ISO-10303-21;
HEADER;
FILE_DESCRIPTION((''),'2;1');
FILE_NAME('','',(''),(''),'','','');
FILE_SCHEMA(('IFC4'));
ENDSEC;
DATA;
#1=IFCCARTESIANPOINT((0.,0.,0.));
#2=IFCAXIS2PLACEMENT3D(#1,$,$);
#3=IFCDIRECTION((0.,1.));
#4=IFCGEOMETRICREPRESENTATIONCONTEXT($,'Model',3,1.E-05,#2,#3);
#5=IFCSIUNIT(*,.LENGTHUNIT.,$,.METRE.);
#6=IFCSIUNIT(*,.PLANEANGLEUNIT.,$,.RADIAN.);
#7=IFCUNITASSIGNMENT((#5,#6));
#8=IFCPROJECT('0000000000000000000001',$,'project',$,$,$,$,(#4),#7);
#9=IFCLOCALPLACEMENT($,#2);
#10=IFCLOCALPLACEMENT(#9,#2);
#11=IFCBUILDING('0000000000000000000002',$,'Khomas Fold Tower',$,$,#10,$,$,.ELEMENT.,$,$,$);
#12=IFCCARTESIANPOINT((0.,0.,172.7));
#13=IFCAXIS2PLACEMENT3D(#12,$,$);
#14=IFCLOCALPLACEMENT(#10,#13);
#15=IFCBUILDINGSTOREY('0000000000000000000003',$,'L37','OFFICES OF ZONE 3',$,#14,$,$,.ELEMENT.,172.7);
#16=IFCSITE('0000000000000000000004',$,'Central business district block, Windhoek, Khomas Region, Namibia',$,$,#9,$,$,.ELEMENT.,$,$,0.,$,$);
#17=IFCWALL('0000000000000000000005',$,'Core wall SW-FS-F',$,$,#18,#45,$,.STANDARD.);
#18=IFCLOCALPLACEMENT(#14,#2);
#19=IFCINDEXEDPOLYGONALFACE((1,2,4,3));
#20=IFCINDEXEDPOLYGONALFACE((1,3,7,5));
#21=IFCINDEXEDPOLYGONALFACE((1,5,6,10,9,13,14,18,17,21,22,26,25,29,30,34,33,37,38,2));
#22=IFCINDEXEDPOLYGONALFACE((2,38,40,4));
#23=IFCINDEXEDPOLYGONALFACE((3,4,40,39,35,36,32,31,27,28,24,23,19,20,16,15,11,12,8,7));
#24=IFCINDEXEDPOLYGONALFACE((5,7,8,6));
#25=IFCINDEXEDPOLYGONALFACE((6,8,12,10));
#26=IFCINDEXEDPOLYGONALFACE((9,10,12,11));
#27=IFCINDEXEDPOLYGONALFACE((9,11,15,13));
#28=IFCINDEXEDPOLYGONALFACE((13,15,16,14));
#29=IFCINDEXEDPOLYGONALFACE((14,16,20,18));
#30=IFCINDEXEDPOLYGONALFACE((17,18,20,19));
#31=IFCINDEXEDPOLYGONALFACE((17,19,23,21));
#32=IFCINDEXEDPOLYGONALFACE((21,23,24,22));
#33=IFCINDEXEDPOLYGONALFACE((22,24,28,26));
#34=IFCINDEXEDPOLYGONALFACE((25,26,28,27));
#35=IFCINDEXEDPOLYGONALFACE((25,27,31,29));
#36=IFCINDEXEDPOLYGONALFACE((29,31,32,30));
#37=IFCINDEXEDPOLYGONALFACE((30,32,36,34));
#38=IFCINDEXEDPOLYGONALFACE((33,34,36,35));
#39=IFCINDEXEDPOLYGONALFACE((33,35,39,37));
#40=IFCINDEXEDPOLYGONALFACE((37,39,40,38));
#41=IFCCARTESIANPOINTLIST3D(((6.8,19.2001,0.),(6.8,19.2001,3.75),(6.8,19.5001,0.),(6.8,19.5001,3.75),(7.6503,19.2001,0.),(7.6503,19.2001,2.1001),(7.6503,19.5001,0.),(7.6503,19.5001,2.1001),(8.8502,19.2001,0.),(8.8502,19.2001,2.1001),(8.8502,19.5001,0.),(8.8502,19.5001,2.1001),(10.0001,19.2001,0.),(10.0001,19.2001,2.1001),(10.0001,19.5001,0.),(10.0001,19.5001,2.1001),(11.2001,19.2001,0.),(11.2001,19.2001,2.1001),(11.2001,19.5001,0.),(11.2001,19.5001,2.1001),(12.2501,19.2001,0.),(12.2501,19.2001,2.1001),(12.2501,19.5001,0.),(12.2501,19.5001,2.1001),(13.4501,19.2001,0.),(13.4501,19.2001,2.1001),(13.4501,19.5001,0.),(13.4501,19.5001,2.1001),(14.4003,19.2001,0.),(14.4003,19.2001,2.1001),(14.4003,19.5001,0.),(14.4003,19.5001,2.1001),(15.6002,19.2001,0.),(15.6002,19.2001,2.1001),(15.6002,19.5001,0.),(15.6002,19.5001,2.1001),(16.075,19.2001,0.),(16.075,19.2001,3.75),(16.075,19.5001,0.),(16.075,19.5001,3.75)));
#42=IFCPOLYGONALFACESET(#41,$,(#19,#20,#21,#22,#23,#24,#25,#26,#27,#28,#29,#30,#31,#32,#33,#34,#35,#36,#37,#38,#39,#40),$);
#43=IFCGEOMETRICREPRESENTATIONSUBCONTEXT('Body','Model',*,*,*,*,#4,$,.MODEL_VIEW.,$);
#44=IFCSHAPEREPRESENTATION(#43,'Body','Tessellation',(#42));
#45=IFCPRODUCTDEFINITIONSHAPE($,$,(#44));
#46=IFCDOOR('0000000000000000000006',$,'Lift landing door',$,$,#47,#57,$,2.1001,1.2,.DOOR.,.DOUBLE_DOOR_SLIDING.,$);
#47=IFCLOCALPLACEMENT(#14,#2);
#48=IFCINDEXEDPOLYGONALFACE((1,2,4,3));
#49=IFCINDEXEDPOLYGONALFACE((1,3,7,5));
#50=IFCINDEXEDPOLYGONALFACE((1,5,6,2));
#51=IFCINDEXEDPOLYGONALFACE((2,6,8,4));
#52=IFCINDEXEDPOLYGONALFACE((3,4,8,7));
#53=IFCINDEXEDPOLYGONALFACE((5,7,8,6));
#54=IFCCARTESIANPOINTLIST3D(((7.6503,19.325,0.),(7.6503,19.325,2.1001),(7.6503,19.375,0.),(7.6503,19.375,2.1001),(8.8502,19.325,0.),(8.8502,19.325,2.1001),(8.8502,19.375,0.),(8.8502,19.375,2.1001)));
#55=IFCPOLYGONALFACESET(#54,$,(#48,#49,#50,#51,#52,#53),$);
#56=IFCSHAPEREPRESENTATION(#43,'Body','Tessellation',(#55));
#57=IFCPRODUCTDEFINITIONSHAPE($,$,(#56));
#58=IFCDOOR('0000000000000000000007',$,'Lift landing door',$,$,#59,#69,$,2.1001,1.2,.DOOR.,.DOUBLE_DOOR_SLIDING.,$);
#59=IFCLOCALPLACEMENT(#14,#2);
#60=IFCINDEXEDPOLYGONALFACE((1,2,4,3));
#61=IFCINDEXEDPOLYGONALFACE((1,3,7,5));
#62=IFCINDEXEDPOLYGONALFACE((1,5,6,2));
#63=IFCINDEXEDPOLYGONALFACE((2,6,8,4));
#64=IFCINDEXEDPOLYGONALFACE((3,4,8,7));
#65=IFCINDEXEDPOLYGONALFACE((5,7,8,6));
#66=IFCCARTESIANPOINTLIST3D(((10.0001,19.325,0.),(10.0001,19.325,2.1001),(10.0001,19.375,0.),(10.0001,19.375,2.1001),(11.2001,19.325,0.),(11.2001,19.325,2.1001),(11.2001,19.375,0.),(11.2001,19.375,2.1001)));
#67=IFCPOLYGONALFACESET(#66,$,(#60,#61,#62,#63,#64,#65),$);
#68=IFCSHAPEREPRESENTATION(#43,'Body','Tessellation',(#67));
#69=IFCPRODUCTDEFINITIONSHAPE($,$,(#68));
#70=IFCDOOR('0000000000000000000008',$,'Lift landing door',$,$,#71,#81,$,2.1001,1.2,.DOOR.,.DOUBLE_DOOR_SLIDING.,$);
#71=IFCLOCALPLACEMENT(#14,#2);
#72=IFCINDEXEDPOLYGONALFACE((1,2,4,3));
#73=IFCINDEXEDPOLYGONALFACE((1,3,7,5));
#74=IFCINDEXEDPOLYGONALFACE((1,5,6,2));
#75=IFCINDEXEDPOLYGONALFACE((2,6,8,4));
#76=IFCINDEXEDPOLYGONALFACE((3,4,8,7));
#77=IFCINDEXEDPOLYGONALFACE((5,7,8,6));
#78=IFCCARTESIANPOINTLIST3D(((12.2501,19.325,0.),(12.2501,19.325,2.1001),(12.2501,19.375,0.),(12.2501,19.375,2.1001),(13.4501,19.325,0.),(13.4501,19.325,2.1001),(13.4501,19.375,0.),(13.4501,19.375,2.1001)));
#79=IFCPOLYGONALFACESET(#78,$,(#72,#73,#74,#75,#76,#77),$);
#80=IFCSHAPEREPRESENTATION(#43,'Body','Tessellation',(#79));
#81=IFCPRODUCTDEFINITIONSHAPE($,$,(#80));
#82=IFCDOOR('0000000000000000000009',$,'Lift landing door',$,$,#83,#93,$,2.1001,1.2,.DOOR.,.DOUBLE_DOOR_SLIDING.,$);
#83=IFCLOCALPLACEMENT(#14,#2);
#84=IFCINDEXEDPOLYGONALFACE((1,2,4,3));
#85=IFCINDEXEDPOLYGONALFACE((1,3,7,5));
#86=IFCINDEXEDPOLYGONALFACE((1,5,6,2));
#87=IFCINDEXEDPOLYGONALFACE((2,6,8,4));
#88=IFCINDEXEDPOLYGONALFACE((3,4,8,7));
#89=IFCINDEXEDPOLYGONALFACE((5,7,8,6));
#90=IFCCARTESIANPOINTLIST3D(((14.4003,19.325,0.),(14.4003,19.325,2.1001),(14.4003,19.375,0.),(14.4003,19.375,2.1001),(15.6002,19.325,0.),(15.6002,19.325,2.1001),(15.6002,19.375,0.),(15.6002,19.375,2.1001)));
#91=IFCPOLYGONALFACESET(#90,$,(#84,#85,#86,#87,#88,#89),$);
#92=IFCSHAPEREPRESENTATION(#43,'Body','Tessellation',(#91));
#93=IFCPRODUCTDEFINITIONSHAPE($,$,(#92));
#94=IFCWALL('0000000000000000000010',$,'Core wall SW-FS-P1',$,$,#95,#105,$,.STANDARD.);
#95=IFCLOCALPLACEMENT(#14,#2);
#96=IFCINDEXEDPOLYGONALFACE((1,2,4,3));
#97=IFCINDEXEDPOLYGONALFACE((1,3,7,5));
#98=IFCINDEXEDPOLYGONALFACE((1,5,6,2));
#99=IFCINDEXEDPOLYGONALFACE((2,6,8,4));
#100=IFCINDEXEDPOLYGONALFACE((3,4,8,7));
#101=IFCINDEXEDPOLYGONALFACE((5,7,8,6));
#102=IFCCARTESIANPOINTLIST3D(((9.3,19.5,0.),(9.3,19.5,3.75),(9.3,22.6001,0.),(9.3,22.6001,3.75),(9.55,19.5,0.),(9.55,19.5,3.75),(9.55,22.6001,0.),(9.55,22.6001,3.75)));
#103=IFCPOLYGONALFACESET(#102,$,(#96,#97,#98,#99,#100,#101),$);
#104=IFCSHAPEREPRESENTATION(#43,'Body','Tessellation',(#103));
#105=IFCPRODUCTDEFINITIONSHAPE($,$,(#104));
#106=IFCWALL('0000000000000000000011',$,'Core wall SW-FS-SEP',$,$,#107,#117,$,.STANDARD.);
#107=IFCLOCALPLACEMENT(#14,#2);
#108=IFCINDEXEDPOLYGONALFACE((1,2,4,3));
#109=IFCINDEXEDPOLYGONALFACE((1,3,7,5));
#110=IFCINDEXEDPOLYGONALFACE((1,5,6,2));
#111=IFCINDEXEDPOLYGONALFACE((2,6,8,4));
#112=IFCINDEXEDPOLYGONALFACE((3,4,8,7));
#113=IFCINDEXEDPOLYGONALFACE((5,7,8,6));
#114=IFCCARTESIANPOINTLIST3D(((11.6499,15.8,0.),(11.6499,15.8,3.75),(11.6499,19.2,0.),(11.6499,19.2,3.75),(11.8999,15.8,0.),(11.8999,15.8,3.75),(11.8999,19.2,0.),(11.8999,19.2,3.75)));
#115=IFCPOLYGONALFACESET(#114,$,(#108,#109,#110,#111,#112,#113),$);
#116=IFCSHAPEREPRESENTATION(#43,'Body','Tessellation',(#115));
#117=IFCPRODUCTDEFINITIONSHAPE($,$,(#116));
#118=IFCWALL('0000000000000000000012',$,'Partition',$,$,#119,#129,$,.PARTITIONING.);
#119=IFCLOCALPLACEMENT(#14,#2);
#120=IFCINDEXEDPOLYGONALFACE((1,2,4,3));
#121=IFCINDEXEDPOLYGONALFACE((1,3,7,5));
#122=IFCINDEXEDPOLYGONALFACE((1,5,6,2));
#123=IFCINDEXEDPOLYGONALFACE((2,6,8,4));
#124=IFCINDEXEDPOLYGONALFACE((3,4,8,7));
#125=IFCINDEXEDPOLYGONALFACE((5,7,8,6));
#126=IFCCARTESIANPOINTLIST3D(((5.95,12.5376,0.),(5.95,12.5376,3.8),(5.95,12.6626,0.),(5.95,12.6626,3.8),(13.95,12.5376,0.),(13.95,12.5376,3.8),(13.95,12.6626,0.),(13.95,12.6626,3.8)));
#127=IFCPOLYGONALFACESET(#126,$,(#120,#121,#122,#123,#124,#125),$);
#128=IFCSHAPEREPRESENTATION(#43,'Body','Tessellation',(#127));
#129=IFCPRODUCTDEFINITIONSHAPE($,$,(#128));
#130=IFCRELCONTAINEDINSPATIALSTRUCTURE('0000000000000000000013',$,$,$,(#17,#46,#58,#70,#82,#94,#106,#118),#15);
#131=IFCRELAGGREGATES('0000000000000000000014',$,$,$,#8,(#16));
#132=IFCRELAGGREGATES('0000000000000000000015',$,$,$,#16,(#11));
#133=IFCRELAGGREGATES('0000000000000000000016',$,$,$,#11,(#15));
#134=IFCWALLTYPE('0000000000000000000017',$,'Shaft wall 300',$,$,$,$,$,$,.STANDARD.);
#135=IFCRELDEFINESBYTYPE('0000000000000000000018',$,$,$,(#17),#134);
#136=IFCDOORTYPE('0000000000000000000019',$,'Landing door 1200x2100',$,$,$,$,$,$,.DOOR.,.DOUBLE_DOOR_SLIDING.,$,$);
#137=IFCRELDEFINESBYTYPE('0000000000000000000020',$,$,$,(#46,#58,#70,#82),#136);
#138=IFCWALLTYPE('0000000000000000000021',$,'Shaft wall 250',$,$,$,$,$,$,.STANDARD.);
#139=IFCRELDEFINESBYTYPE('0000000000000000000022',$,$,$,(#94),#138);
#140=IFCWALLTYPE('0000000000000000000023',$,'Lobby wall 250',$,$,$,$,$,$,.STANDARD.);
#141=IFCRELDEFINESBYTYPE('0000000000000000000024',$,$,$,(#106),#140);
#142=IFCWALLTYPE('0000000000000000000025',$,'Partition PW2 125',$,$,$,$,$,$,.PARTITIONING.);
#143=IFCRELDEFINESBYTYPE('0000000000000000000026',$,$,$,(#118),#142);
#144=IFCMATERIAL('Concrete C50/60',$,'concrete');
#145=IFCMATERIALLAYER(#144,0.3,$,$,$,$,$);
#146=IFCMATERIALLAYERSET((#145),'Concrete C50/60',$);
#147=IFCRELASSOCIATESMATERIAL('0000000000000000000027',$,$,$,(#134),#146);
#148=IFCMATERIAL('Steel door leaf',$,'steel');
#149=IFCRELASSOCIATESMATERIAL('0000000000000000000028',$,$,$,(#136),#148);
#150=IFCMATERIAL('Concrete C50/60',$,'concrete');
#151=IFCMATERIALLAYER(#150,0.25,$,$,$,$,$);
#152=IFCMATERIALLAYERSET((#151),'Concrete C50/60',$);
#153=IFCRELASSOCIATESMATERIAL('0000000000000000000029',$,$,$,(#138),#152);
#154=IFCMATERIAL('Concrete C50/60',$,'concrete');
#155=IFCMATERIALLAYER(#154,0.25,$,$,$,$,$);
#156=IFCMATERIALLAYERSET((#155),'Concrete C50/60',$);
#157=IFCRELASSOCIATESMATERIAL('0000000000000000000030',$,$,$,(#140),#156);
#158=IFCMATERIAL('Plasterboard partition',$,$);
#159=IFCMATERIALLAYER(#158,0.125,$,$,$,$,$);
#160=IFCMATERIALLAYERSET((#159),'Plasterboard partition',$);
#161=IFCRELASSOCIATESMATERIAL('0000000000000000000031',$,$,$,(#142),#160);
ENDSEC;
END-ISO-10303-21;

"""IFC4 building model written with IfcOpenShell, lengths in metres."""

from ifc_helpers import new_model, si_unit, direction, frame, frame_2d, origin, place, context, subcontext, project, spatial, rectangle, extrude, source, transform, mapped, material, layer, layer_set, type_object, element, fill, save


model = new_model("IFC4")

# Units and contexts
model_context = context("Model", 3, precision=1e-05, world=origin(), true_north=direction((0.0, 1.0)))
body_context = subcontext(model_context, "Body", "Model", "MODEL_VIEW")
ifc_project = project(units=[si_unit("LENGTHUNIT", "METRE"), si_unit("PLANEANGLEUNIT", "RADIAN")], contexts=[model_context])

# Site, building, storey
site_placement = place(None, origin())
site = spatial("IfcSite", under=ifc_project, at=site_placement, Name="Central business district block, Windhoek, Khomas Region, Namibia", CompositionType="ELEMENT", RefElevation=0.0)
building_placement = place(site_placement, origin())
building = spatial("IfcBuilding", under=site, at=building_placement, Name="Khomas Fold Tower", CompositionType="ELEMENT")
storey_placement = place(building_placement, frame((0.0, 0.0, 172.7)))
storey = spatial("IfcBuildingStorey", under=building, at=storey_placement, Name="L37", Description="OFFICES OF ZONE 3", CompositionType="ELEMENT", Elevation=172.7)

# Wall, openings, doors
ifc_material_1 = material(Name="Concrete C50/60", Category="concrete")
ifc_layer_1 = layer(ifc_material_1, 0.3)
ifc_layer_set_1 = layer_set([ifc_layer_1], Name="Concrete C50/60")
wall_type_1 = type_object("IfcWallType", Name="Shaft wall 300", PredefinedType="STANDARD", material=ifc_layer_set_1)
shared_shape_1 = source(origin(), body_context, "Body", "SweptSolid", [
    extrude(rectangle(XDim=9.2749, YDim=0.3, at=frame_2d((4.6375, 0.0))), origin(), (0.0, 0.0, 1.0), 3.75),
])
wall_1_placement = place(storey_placement, frame((6.8, 19.3501, 0.0), z_axis=(0.0, 0.0, 1.0), x_axis=(1.0, 0.0, 0.0)))
wall_1 = element("IfcWall", 1, at=wall_1_placement, inside=storey, type_object=wall_type_1, Name="Core wall SW-FS-F", PredefinedType="STANDARD", context=body_context, shape_type="MappedRepresentation", body=[
    mapped(shared_shape_1, transform((0.0, 0.0, 0.0))),
])
shared_shape_2 = source(origin(), body_context, "Body", "SweptSolid", [
    extrude(rectangle(XDim=1.2, YDim=2.1001, at=frame_2d((0.6001, 1.05))), frame((0.0, 0.1599, 0.0), z_axis=(0.0, -1.0, 0.0), x_axis=(1.0, 0.0, 0.0)), (0.0, 0.0, 1.0), 0.3201),
])
opening_1_placement = place(wall_1_placement, frame((0.8501, 0.0, 0.0)))
opening_1 = element("IfcOpeningElement", 2, at=opening_1_placement, cuts=wall_1, PredefinedType="OPENING", context=body_context, shape_type="MappedRepresentation", body=[
    mapped(shared_shape_2, transform((0.0, 0.0, 0.0))),
])
opening_2_placement = place(wall_1_placement, frame((3.2, 0.0, 0.0)))
opening_2 = element("IfcOpeningElement", 3, at=opening_2_placement, cuts=wall_1, PredefinedType="OPENING", context=body_context, shape_type="MappedRepresentation", body=[
    mapped(shared_shape_2, transform((0.0, 0.0, 0.0))),
])
opening_3_placement = place(wall_1_placement, frame((5.45, 0.0, 0.0)))
opening_3 = element("IfcOpeningElement", 4, at=opening_3_placement, cuts=wall_1, PredefinedType="OPENING", context=body_context, shape_type="MappedRepresentation", body=[
    mapped(shared_shape_2, transform((0.0, 0.0, 0.0))),
])
opening_4_placement = place(wall_1_placement, frame((7.6001, 0.0, 0.0)))
opening_4 = element("IfcOpeningElement", 5, at=opening_4_placement, cuts=wall_1, PredefinedType="OPENING", context=body_context, shape_type="MappedRepresentation", body=[
    mapped(shared_shape_2, transform((0.0, 0.0, 0.0))),
])
ifc_material_2 = material(Name="Steel door leaf", Category="steel")
door_type_1 = type_object("IfcDoorType", Name="Landing door 1200x2100", OperationType="DOUBLE_DOOR_SLIDING", PredefinedType="DOOR", material=ifc_material_2)
shared_shape_3 = source(origin(), body_context, "Body", "SweptSolid", [
    extrude(rectangle(XDim=1.2, YDim=2.1001, at=frame_2d((0.6001, 1.05))), frame((0.0, 0.0249, 0.0), z_axis=(0.0, -1.0, 0.0), x_axis=(1.0, 0.0, 0.0)), (0.0, 0.0, 1.0), 0.05),
])
door_1_placement = place(opening_1_placement, origin())
door_1 = element("IfcDoor", 6, at=door_1_placement, inside=storey, type_object=door_type_1, Name="Lift landing door", OperationType="DOUBLE_DOOR_SLIDING", OverallHeight=2.1001, OverallWidth=1.2, PredefinedType="DOOR", context=body_context, shape_type="MappedRepresentation", body=[
    mapped(shared_shape_3, transform((0.0, 0.0, 0.0))),
])
fill(opening_1, door_1)
door_2_placement = place(opening_2_placement, origin())
door_2 = element("IfcDoor", 7, at=door_2_placement, inside=storey, type_object=door_type_1, Name="Lift landing door", OperationType="DOUBLE_DOOR_SLIDING", OverallHeight=2.1001, OverallWidth=1.2, PredefinedType="DOOR", context=body_context, shape_type="MappedRepresentation", body=[
    mapped(shared_shape_3, transform((0.0, 0.0, 0.0))),
])
fill(opening_2, door_2)
door_3_placement = place(opening_3_placement, origin())
door_3 = element("IfcDoor", 8, at=door_3_placement, inside=storey, type_object=door_type_1, Name="Lift landing door", OperationType="DOUBLE_DOOR_SLIDING", OverallHeight=2.1001, OverallWidth=1.2, PredefinedType="DOOR", context=body_context, shape_type="MappedRepresentation", body=[
    mapped(shared_shape_3, transform((0.0, 0.0, 0.0))),
])
fill(opening_3, door_3)
door_4_placement = place(opening_4_placement, origin())
door_4 = element("IfcDoor", 9, at=door_4_placement, inside=storey, type_object=door_type_1, Name="Lift landing door", OperationType="DOUBLE_DOOR_SLIDING", OverallHeight=2.1001, OverallWidth=1.2, PredefinedType="DOOR", context=body_context, shape_type="MappedRepresentation", body=[
    mapped(shared_shape_3, transform((0.0, 0.0, 0.0))),
])
fill(opening_4, door_4)

# Walls
ifc_material_3 = material(Name="Concrete C50/60", Category="concrete")
ifc_layer_2 = layer(ifc_material_3, 0.25)
ifc_layer_set_2 = layer_set([ifc_layer_2], Name="Concrete C50/60")
wall_type_2 = type_object("IfcWallType", Name="Shaft wall 250", PredefinedType="STANDARD", material=ifc_layer_set_2)
shared_shape_4 = source(origin(), body_context, "Body", "SweptSolid", [
    extrude(rectangle(XDim=3.1001, YDim=0.25, at=frame_2d((1.55, 0.0))), origin(), (0.0, 0.0, 1.0), 3.75),
])
wall_2_placement = place(storey_placement, frame((9.425, 19.5, 0.0), z_axis=(0.0, 0.0, 1.0), x_axis=(0.0, 1.0, 0.0)))
element("IfcWall", 10, at=wall_2_placement, inside=storey, type_object=wall_type_2, Name="Core wall SW-FS-P1", PredefinedType="STANDARD", context=body_context, shape_type="MappedRepresentation", body=[
    mapped(shared_shape_4, transform((0.0, 0.0, 0.0))),
])
ifc_material_4 = material(Name="Concrete C50/60", Category="concrete")
ifc_layer_3 = layer(ifc_material_4, 0.25)
ifc_layer_set_3 = layer_set([ifc_layer_3], Name="Concrete C50/60")
wall_type_3 = type_object("IfcWallType", Name="Lobby wall 250", PredefinedType="STANDARD", material=ifc_layer_set_3)
shared_shape_5 = source(origin(), body_context, "Body", "SweptSolid", [
    extrude(rectangle(XDim=3.3999, YDim=0.25, at=frame_2d((1.7, 0.0))), origin(), (0.0, 0.0, 1.0), 3.75),
])
wall_3_placement = place(storey_placement, frame((11.7749, 15.8, 0.0), z_axis=(0.0, 0.0, 1.0), x_axis=(0.0, 1.0, 0.0)))
element("IfcWall", 11, at=wall_3_placement, inside=storey, type_object=wall_type_3, Name="Core wall SW-FS-SEP", PredefinedType="STANDARD", context=body_context, shape_type="MappedRepresentation", body=[
    mapped(shared_shape_5, transform((0.0, 0.0, 0.0))),
])
ifc_material_5 = material(Name="Plasterboard partition")
ifc_layer_4 = layer(ifc_material_5, 0.125)
ifc_layer_set_4 = layer_set([ifc_layer_4], Name="Plasterboard partition")
wall_type_4 = type_object("IfcWallType", Name="Partition PW2 125", PredefinedType="PARTITIONING", material=ifc_layer_set_4)
shared_shape_6 = source(origin(), body_context, "Body", "SweptSolid", [
    extrude(rectangle(XDim=8.0, YDim=0.125, at=frame_2d((4.0, 0.0))), origin(), (0.0, 0.0, 1.0), 3.8),
])
wall_4_placement = place(storey_placement, frame((5.95, 12.6001, 0.0), z_axis=(0.0, 0.0, 1.0), x_axis=(1.0, 0.0, 0.0)))
element("IfcWall", 12, at=wall_4_placement, inside=storey, type_object=wall_type_4, Name="Partition", PredefinedType="PARTITIONING", context=body_context, shape_type="MappedRepresentation", body=[
    mapped(shared_shape_6, transform((0.0, 0.0, 0.0))),
])

save(model, "model.ifc")
